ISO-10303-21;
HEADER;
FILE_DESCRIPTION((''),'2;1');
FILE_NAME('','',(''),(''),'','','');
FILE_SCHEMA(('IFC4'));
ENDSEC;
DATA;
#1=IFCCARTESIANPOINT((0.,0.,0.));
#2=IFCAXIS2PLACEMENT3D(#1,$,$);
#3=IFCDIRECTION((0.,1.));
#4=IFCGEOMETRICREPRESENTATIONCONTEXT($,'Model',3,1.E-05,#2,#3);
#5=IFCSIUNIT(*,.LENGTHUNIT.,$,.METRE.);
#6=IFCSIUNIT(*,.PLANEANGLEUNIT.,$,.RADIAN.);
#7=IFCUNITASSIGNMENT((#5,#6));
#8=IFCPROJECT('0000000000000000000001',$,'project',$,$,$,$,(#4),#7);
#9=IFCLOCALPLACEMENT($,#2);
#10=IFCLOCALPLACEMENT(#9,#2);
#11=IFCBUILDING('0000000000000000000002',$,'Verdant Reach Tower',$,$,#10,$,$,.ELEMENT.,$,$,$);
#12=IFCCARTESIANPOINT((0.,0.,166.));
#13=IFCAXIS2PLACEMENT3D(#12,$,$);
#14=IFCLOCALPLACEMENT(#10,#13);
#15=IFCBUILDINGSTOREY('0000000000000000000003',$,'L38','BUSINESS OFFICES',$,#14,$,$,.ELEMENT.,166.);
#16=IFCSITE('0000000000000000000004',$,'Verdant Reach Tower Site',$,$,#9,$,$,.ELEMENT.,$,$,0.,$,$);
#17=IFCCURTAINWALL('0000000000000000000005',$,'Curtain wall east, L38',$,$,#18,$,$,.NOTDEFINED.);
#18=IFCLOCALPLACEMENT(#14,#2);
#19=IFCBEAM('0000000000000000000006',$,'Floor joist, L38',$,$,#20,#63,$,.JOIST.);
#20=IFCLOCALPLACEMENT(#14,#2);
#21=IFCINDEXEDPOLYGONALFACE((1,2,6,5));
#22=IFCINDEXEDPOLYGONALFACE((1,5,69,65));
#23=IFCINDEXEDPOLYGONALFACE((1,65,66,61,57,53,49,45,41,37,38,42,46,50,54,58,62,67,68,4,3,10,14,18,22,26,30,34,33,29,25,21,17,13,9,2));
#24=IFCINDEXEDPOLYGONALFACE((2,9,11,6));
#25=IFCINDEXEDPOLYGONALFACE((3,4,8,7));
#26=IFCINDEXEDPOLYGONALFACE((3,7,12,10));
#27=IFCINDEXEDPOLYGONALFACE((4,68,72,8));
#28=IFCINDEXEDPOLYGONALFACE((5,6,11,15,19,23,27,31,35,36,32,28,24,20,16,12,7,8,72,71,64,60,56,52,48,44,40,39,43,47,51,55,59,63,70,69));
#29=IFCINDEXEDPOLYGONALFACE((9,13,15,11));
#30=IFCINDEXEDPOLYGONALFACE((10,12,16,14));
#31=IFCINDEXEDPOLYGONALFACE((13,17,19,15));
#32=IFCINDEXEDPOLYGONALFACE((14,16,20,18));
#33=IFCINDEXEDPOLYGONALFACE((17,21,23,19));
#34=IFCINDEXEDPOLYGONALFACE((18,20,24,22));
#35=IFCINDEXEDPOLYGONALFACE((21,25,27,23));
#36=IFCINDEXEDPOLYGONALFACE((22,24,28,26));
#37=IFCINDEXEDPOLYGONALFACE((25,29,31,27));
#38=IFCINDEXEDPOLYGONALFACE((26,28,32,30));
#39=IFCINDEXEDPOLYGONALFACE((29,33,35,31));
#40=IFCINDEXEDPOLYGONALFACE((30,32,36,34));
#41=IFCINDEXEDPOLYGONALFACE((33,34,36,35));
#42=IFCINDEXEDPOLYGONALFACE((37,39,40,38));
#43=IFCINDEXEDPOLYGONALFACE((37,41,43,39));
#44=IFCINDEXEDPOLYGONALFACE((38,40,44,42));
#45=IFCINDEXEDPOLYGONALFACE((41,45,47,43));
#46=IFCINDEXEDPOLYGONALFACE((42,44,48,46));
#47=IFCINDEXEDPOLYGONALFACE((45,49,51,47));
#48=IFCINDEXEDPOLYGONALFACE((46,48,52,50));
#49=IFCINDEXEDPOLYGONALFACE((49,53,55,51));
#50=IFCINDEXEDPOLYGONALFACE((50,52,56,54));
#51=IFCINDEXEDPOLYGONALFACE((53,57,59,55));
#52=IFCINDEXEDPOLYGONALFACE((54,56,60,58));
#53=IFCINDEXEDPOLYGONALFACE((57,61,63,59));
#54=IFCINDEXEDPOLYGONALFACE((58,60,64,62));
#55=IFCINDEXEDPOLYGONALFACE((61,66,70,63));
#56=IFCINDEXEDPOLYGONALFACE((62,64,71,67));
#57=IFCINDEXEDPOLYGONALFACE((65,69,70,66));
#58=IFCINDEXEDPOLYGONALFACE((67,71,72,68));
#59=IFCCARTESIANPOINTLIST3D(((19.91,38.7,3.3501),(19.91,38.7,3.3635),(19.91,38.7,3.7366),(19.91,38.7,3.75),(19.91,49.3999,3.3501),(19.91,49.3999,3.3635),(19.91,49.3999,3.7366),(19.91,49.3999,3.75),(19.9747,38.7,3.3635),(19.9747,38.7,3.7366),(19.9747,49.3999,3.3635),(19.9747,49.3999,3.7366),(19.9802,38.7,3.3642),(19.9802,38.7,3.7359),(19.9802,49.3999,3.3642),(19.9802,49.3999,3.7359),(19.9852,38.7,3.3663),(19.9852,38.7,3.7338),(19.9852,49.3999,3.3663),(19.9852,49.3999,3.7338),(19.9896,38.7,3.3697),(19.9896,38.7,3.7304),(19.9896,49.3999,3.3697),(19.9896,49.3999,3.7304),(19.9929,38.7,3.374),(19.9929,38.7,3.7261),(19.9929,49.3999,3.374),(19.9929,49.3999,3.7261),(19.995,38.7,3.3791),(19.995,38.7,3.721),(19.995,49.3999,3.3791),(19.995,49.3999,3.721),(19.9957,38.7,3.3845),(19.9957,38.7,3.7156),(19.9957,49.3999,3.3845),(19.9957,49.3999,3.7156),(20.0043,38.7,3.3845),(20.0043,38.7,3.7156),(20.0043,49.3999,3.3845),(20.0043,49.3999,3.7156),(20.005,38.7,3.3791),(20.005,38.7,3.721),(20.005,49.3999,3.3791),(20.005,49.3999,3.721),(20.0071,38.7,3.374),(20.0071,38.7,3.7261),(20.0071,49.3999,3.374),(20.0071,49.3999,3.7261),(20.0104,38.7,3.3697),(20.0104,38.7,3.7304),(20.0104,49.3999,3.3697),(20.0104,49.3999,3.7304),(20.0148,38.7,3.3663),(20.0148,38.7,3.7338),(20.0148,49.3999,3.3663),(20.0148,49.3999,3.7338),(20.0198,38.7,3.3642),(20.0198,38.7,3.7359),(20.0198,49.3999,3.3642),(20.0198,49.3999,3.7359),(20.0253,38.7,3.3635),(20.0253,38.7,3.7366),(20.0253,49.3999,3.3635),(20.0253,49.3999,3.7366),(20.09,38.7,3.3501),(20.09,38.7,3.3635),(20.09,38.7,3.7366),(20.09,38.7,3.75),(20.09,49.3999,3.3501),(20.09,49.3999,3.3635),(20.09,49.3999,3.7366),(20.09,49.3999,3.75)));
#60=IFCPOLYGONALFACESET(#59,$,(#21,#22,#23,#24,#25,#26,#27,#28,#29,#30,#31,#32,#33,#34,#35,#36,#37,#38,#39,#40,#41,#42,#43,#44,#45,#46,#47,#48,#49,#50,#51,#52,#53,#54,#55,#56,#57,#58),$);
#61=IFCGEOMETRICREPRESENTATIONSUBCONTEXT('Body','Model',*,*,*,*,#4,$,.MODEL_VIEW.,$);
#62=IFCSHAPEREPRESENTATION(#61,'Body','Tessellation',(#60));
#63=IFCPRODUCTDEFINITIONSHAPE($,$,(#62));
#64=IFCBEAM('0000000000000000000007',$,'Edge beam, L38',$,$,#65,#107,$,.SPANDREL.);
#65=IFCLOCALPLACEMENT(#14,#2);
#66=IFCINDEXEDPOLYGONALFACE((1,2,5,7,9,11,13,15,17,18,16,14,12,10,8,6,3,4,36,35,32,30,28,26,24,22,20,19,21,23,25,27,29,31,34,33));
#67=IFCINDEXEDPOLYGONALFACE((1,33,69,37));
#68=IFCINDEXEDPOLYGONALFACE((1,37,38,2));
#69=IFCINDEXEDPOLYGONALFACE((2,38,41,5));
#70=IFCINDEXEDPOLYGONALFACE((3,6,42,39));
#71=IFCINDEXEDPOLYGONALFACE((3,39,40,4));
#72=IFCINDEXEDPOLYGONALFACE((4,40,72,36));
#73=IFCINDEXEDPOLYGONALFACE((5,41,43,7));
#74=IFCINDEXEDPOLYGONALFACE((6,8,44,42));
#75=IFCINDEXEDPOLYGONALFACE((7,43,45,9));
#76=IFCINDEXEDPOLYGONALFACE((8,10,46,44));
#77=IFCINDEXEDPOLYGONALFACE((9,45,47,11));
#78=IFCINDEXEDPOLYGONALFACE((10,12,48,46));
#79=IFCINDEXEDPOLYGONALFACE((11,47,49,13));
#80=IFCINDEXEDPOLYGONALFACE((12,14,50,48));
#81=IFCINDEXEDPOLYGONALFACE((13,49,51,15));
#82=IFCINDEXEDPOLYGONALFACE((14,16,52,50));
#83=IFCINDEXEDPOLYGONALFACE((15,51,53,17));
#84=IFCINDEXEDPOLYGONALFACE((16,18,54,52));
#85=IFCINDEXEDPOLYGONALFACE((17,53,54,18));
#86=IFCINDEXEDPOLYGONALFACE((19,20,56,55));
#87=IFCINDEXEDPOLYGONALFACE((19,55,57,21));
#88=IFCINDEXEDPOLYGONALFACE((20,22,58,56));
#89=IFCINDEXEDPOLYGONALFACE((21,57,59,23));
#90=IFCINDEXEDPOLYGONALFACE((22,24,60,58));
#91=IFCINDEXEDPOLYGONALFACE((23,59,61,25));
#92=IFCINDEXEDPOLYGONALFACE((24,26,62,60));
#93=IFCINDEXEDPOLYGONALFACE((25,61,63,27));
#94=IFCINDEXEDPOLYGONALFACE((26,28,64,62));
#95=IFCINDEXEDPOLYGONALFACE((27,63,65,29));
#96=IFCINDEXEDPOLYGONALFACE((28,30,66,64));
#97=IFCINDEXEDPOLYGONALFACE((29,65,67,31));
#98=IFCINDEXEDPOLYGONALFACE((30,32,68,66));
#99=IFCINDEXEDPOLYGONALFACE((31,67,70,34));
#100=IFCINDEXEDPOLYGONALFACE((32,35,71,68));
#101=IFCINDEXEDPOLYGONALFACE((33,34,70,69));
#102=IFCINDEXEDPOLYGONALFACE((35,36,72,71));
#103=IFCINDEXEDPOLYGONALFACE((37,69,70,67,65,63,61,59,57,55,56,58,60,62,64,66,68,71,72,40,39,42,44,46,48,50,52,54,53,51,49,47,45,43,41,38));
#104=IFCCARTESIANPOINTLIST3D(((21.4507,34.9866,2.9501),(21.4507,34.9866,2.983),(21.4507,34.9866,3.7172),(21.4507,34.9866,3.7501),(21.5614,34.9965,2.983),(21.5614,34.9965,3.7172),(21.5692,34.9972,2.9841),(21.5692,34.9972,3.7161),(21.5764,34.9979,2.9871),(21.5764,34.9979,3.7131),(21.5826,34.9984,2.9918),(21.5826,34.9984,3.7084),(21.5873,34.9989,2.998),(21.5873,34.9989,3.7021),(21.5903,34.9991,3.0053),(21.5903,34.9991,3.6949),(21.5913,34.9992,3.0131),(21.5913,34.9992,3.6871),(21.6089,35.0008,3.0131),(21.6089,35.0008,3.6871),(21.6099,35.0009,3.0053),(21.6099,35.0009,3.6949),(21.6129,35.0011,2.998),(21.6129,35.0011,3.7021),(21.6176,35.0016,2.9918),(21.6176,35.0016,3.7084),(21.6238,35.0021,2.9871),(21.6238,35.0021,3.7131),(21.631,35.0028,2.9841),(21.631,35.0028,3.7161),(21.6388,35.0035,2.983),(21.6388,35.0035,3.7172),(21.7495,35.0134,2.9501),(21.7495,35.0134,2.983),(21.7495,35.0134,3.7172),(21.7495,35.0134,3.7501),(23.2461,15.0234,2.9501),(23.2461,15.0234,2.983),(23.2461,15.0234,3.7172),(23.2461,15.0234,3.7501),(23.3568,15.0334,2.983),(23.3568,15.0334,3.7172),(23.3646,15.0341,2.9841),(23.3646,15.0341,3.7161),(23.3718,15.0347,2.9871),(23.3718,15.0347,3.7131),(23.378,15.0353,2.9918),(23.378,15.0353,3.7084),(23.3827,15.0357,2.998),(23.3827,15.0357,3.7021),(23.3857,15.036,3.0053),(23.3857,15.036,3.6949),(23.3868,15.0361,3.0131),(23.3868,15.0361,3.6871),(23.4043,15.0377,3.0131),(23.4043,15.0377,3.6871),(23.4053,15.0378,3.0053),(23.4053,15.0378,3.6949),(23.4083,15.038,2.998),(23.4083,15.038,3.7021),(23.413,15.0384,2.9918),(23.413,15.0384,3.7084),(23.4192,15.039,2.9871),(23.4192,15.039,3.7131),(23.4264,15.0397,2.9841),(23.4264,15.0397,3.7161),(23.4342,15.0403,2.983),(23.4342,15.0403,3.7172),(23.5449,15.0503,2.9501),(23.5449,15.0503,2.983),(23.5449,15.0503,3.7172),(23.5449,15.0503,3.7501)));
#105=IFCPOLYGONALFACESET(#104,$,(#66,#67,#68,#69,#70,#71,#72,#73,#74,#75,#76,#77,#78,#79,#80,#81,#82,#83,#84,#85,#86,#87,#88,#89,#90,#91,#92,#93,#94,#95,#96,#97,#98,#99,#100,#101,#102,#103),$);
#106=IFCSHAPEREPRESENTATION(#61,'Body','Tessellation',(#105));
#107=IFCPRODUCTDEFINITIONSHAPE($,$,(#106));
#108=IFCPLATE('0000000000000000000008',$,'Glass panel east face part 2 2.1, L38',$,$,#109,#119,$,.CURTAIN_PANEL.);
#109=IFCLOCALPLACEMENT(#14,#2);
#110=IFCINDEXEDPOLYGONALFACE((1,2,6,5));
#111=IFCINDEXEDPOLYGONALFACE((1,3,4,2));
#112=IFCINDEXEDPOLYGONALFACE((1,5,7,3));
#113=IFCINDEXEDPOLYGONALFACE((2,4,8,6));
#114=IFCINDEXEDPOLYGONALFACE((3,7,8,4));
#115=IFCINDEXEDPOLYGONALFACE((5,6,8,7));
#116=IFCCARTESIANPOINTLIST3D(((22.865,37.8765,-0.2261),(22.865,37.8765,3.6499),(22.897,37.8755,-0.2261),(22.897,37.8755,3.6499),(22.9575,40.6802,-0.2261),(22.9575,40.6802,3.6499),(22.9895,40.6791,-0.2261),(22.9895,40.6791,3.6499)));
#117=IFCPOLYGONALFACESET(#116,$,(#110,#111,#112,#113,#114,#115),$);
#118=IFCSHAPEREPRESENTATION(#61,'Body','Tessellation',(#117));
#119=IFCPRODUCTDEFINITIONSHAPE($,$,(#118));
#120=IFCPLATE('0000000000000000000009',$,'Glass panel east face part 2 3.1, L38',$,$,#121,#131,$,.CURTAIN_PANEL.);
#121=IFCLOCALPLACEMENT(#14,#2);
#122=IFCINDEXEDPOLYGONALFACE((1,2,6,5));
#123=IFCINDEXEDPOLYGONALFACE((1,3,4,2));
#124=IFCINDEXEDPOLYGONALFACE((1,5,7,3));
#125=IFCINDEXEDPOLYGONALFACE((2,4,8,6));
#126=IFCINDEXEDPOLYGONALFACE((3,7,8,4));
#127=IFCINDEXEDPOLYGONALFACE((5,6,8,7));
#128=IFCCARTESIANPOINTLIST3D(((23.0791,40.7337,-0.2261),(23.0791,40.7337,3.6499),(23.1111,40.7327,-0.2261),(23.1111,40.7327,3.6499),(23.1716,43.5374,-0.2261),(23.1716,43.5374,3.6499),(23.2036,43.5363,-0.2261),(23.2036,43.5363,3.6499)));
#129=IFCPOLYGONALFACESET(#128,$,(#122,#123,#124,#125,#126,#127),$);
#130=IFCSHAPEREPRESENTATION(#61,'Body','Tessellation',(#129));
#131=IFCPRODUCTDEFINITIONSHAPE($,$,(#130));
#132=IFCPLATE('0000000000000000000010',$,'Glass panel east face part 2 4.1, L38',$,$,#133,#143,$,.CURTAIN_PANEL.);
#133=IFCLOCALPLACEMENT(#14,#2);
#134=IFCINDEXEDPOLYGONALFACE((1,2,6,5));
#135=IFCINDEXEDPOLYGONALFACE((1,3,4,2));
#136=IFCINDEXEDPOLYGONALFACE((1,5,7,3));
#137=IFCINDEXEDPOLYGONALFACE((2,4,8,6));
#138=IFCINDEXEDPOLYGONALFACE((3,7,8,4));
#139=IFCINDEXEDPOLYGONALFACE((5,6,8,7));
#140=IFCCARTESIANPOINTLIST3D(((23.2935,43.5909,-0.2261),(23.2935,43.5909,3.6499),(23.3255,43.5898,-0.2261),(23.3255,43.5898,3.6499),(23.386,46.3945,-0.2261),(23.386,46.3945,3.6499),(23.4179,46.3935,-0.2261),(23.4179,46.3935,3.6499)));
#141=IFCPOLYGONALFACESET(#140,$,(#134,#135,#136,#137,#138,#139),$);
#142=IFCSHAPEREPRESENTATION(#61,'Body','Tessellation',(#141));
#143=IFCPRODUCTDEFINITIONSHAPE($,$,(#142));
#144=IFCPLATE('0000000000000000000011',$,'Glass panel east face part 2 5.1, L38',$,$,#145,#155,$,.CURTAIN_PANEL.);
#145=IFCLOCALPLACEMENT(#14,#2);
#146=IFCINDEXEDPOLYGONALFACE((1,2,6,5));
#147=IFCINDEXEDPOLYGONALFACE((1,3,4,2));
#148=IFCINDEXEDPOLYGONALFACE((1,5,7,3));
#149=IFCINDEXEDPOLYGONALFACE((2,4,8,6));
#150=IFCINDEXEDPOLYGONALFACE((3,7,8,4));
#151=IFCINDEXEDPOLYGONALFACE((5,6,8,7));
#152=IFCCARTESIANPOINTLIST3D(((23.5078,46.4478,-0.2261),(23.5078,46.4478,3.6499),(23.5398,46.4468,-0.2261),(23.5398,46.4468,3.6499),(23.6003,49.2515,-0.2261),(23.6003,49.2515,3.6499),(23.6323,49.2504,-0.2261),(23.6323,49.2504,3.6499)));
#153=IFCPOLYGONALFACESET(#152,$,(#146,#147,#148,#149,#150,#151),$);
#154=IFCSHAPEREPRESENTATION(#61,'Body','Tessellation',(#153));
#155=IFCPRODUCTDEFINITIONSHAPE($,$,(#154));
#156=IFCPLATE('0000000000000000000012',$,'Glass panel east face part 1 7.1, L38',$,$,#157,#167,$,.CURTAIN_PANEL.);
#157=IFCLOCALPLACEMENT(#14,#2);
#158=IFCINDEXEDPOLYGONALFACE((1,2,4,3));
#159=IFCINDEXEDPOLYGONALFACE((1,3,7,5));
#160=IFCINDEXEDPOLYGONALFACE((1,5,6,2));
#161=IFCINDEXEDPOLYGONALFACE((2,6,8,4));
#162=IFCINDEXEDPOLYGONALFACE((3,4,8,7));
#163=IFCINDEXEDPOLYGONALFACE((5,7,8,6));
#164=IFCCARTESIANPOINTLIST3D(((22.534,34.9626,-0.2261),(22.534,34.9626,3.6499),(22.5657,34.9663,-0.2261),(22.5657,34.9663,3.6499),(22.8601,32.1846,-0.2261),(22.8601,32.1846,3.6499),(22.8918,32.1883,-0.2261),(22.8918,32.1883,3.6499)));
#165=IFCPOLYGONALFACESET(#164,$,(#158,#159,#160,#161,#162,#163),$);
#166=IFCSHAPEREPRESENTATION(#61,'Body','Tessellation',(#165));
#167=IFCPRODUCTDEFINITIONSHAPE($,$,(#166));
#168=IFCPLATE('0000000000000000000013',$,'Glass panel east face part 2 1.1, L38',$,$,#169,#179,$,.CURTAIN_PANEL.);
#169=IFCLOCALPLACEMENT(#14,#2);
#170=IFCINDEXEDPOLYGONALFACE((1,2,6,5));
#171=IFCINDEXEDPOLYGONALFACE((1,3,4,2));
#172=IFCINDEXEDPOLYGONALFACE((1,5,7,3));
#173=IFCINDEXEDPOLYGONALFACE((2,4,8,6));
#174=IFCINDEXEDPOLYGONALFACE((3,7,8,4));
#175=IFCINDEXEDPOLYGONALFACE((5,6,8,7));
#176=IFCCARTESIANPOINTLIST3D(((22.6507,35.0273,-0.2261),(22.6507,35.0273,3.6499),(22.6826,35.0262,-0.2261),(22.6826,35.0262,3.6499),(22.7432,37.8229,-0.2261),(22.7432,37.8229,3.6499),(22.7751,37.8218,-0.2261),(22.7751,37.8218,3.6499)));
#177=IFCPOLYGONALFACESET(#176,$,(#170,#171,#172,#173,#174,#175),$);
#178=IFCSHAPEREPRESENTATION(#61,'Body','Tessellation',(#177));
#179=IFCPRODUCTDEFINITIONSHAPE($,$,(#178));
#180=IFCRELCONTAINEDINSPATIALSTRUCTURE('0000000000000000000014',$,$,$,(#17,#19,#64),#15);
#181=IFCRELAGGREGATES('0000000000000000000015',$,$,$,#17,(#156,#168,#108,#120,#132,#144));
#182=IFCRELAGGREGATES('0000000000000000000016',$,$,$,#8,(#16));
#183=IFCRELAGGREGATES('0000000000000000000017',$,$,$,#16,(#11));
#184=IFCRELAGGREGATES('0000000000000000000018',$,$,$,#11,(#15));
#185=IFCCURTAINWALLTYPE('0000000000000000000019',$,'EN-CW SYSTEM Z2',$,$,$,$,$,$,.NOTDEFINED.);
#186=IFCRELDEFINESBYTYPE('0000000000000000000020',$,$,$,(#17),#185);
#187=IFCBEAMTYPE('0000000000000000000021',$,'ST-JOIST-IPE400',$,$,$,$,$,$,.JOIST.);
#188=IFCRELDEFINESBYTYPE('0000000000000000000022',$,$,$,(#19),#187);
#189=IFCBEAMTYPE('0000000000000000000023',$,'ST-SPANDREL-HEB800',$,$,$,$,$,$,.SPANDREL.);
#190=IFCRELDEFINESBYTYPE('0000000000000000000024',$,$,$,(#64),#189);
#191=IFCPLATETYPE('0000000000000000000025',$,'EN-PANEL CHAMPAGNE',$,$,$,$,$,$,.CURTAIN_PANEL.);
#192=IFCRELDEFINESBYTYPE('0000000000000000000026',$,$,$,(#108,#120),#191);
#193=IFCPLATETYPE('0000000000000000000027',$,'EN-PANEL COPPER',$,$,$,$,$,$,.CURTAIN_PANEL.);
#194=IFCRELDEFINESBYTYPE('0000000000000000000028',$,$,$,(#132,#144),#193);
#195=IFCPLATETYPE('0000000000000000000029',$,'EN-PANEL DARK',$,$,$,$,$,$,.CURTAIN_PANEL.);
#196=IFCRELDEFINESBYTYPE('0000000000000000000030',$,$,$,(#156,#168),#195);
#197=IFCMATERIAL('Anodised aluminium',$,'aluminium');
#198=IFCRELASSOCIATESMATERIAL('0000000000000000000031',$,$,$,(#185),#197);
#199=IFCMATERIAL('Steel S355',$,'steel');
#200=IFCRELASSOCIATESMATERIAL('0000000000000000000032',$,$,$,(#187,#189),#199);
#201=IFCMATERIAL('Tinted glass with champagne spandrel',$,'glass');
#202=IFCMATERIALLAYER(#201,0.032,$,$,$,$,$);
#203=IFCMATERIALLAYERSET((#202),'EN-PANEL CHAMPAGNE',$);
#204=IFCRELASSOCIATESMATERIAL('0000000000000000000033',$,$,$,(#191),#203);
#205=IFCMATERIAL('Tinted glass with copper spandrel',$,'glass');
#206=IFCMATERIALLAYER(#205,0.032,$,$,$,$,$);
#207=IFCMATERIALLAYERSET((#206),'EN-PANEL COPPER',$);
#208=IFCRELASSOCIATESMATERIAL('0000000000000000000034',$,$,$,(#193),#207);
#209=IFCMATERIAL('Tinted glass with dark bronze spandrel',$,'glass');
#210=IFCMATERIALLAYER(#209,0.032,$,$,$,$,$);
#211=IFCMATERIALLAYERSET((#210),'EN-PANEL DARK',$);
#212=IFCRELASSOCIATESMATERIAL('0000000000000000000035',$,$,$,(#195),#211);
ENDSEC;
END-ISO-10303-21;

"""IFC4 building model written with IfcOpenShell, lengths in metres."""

from ifc_helpers import new_model, si_unit, direction, frame, origin, origin_2d, place, context, subcontext, project, spatial, rectangle, i_section, extrude, material, layer, layer_set, material_profile, profile_set, type_object, element, aggregate, save


model = new_model("IFC4")

# Units and contexts
model_context = context("Model", 3, precision=1e-05, world=origin(), true_north=direction((0.0, 1.0)))
body_context = subcontext(model_context, "Body", "Model", "MODEL_VIEW")
ifc_project = project(units=[si_unit("LENGTHUNIT", "METRE"), si_unit("PLANEANGLEUNIT", "RADIAN")], contexts=[model_context])

# Site, building, storey
site_placement = place(None, origin())
site = spatial("IfcSite", under=ifc_project, at=site_placement, Name="Verdant Reach Tower Site", CompositionType="ELEMENT", RefElevation=0.0)
building_placement = place(site_placement, origin())
building = spatial("IfcBuilding", under=site, at=building_placement, Name="Verdant Reach Tower", CompositionType="ELEMENT")
storey_placement = place(building_placement, frame((0.0, 0.0, 166.0)))
storey = spatial("IfcBuildingStorey", under=building, at=storey_placement, Name="L38", Description="BUSINESS OFFICES", CompositionType="ELEMENT", Elevation=166.0)

# Curtain wall
ifc_material_1 = material(Name="Anodised aluminium", Category="aluminium")
curtain_wall_type = type_object("IfcCurtainWallType", Name="EN-CW SYSTEM Z2", PredefinedType="NOTDEFINED", material=ifc_material_1)
curtain_wall_placement = place(storey_placement, origin())
curtain_wall = element("IfcCurtainWall", 1, at=curtain_wall_placement, inside=storey, type_object=curtain_wall_type, Name="Curtain wall east, L38", PredefinedType="NOTDEFINED")

# Beams
ifc_material_2 = material(Name="Steel S355", Category="steel")
ifc_material_profile_1 = material_profile(ifc_material_2, i_section(OverallWidth=0.1799, OverallDepth=0.3999, WebThickness=0.0085, FlangeThickness=0.0134, FilletRadius=0.021, at=origin_2d()), Name="IPE 400")
ifc_profile_set_1 = profile_set([ifc_material_profile_1], Name="Steel S355")
beam_type_1 = type_object("IfcBeamType", Name="ST-JOIST-IPE400", PredefinedType="JOIST", material=ifc_profile_set_1)
for number, where, z_axis, x_axis, name in (
    (2, (20.0, 38.7, 3.55), (0.0, 1.0, 0.0), (-1.0, 0.0, 0.0), "Floor joist, L38"),
):
    element("IfcBeam", number, at=place(storey_placement, frame(where, z_axis=z_axis, x_axis=x_axis)), inside=storey, type_object=beam_type_1, Name=name, PredefinedType="JOIST", context=body_context, shape_type="SweptSolid", body=[
        extrude(i_section(OverallWidth=0.1799, OverallDepth=0.3999, WebThickness=0.0085, FlangeThickness=0.0134, FilletRadius=0.021, at=origin_2d()), origin(), (0.0, 0.0, 1.0), 10.7),
    ])
ifc_material_profile_2 = material_profile(ifc_material_2, i_section(OverallWidth=0.3, OverallDepth=0.8, WebThickness=0.0176, FlangeThickness=0.033, FilletRadius=0.03, at=origin_2d()), Name="HEB 800")
ifc_profile_set_2 = profile_set([ifc_material_profile_2], Name="Steel S355")
beam_type_2 = type_object("IfcBeamType", Name="ST-SPANDREL-HEB800", PredefinedType="SPANDREL", material=ifc_profile_set_2)
beam_1_placement = place(storey_placement, frame((21.6001, 35.0, 3.3501), z_axis=(0.089575, -0.99598, 0.0), x_axis=(0.99598, 0.089575, 0.0)))
element("IfcBeam", 3, at=beam_1_placement, inside=storey, type_object=beam_type_2, Name="Edge beam, L38", PredefinedType="SPANDREL", context=body_context, shape_type="SweptSolid", body=[
    extrude(i_section(OverallWidth=0.3, OverallDepth=0.8, WebThickness=0.0176, FlangeThickness=0.033, FilletRadius=0.03, at=origin_2d()), origin(), (0.0, 0.0, 1.0), 20.0437),
])

# Plates
ifc_material_3 = material(Name="Tinted glass with champagne spandrel", Category="glass")
ifc_layer_1 = layer(ifc_material_3, 0.032)
ifc_layer_set_1 = layer_set([ifc_layer_1], Name="EN-PANEL CHAMPAGNE")
plate_type_1 = type_object("IfcPlateType", Name="EN-PANEL CHAMPAGNE", PredefinedType="CURTAIN_PANEL", material=ifc_layer_set_1)
plate_1_placement = place(storey_placement, frame((22.9272, 39.2778, -0.2261), z_axis=(0.0, 0.0, 1.0), x_axis=(0.032966, 0.999456, 0.0)))
plate_1 = element("IfcPlate", 4, at=plate_1_placement, type_object=plate_type_1, Name="Glass panel east face part 2 2.1, L38", PredefinedType="CURTAIN_PANEL", context=body_context, shape_type="SweptSolid", body=[
    extrude(rectangle(XDim=2.8052, YDim=0.032, at=origin_2d()), origin(), (0.0, 0.0, 1.0), 3.876),
])
plate_2_placement = place(storey_placement, frame((23.1414, 42.135, -0.2261), z_axis=(0.0, 0.0, 1.0), x_axis=(0.032966, 0.999456, 0.0)))
plate_2 = element("IfcPlate", 5, at=plate_2_placement, type_object=plate_type_1, Name="Glass panel east face part 2 3.1, L38", PredefinedType="CURTAIN_PANEL", context=body_context, shape_type="SweptSolid", body=[
    extrude(rectangle(XDim=2.8052, YDim=0.032, at=origin_2d()), origin(), (0.0, 0.0, 1.0), 3.876),
])
ifc_material_4 = material(Name="Tinted glass with copper spandrel", Category="glass")
ifc_layer_2 = layer(ifc_material_4, 0.032)
ifc_layer_set_2 = layer_set([ifc_layer_2], Name="EN-PANEL COPPER")
plate_type_2 = type_object("IfcPlateType", Name="EN-PANEL COPPER", PredefinedType="CURTAIN_PANEL", material=ifc_layer_set_2)
plate_3_placement = place(storey_placement, frame((23.3557, 44.9922, -0.2261), z_axis=(0.0, 0.0, 1.0), x_axis=(0.032966, 0.999456, 0.0)))
plate_3 = element("IfcPlate", 6, at=plate_3_placement, type_object=plate_type_2, Name="Glass panel east face part 2 4.1, L38", PredefinedType="CURTAIN_PANEL", context=body_context, shape_type="SweptSolid", body=[
    extrude(rectangle(XDim=2.8052, YDim=0.032, at=origin_2d()), origin(), (0.0, 0.0, 1.0), 3.876),
])
plate_4_placement = place(storey_placement, frame((23.5701, 47.8491, -0.2261), z_axis=(0.0, 0.0, 1.0), x_axis=(0.032966, 0.999456, 0.0)))
plate_4 = element("IfcPlate", 7, at=plate_4_placement, type_object=plate_type_2, Name="Glass panel east face part 2 5.1, L38", PredefinedType="CURTAIN_PANEL", context=body_context, shape_type="SweptSolid", body=[
    extrude(rectangle(XDim=2.8052, YDim=0.032, at=origin_2d()), origin(), (0.0, 0.0, 1.0), 3.876),
])
ifc_material_5 = material(Name="Tinted glass with dark bronze spandrel", Category="glass")
ifc_layer_3 = layer(ifc_material_5, 0.032)
ifc_layer_set_3 = layer_set([ifc_layer_3], Name="EN-PANEL DARK")
plate_type_3 = type_object("IfcPlateType", Name="EN-PANEL DARK", PredefinedType="CURTAIN_PANEL", material=ifc_layer_set_3)
plate_5_placement = place(storey_placement, frame((22.7129, 33.5754, -0.2261), z_axis=(0.0, 0.0, 1.0), x_axis=(-0.116586, 0.993181, 0.0)))
plate_5 = element("IfcPlate", 8, at=plate_5_placement, type_object=plate_type_3, Name="Glass panel east face part 1 7.1, L38", PredefinedType="CURTAIN_PANEL", context=body_context, shape_type="SweptSolid", body=[
    extrude(rectangle(XDim=2.7971, YDim=0.032, at=origin_2d()), origin(), (0.0, 0.0, 1.0), 3.876),
])
plate_6_placement = place(storey_placement, frame((22.7129, 36.4246, -0.2261), z_axis=(0.0, 0.0, 1.0), x_axis=(0.03307, 0.999453, 0.0)))
plate_6 = element("IfcPlate", 9, at=plate_6_placement, type_object=plate_type_3, Name="Glass panel east face part 2 1.1, L38", PredefinedType="CURTAIN_PANEL", context=body_context, shape_type="SweptSolid", body=[
    extrude(rectangle(XDim=2.7971, YDim=0.032, at=origin_2d()), origin(), (0.0, 0.0, 1.0), 3.876),
])
aggregate(curtain_wall, [plate_5, plate_6, plate_1, plate_2, plate_3, plate_4])

save(model, "model.ifc")
